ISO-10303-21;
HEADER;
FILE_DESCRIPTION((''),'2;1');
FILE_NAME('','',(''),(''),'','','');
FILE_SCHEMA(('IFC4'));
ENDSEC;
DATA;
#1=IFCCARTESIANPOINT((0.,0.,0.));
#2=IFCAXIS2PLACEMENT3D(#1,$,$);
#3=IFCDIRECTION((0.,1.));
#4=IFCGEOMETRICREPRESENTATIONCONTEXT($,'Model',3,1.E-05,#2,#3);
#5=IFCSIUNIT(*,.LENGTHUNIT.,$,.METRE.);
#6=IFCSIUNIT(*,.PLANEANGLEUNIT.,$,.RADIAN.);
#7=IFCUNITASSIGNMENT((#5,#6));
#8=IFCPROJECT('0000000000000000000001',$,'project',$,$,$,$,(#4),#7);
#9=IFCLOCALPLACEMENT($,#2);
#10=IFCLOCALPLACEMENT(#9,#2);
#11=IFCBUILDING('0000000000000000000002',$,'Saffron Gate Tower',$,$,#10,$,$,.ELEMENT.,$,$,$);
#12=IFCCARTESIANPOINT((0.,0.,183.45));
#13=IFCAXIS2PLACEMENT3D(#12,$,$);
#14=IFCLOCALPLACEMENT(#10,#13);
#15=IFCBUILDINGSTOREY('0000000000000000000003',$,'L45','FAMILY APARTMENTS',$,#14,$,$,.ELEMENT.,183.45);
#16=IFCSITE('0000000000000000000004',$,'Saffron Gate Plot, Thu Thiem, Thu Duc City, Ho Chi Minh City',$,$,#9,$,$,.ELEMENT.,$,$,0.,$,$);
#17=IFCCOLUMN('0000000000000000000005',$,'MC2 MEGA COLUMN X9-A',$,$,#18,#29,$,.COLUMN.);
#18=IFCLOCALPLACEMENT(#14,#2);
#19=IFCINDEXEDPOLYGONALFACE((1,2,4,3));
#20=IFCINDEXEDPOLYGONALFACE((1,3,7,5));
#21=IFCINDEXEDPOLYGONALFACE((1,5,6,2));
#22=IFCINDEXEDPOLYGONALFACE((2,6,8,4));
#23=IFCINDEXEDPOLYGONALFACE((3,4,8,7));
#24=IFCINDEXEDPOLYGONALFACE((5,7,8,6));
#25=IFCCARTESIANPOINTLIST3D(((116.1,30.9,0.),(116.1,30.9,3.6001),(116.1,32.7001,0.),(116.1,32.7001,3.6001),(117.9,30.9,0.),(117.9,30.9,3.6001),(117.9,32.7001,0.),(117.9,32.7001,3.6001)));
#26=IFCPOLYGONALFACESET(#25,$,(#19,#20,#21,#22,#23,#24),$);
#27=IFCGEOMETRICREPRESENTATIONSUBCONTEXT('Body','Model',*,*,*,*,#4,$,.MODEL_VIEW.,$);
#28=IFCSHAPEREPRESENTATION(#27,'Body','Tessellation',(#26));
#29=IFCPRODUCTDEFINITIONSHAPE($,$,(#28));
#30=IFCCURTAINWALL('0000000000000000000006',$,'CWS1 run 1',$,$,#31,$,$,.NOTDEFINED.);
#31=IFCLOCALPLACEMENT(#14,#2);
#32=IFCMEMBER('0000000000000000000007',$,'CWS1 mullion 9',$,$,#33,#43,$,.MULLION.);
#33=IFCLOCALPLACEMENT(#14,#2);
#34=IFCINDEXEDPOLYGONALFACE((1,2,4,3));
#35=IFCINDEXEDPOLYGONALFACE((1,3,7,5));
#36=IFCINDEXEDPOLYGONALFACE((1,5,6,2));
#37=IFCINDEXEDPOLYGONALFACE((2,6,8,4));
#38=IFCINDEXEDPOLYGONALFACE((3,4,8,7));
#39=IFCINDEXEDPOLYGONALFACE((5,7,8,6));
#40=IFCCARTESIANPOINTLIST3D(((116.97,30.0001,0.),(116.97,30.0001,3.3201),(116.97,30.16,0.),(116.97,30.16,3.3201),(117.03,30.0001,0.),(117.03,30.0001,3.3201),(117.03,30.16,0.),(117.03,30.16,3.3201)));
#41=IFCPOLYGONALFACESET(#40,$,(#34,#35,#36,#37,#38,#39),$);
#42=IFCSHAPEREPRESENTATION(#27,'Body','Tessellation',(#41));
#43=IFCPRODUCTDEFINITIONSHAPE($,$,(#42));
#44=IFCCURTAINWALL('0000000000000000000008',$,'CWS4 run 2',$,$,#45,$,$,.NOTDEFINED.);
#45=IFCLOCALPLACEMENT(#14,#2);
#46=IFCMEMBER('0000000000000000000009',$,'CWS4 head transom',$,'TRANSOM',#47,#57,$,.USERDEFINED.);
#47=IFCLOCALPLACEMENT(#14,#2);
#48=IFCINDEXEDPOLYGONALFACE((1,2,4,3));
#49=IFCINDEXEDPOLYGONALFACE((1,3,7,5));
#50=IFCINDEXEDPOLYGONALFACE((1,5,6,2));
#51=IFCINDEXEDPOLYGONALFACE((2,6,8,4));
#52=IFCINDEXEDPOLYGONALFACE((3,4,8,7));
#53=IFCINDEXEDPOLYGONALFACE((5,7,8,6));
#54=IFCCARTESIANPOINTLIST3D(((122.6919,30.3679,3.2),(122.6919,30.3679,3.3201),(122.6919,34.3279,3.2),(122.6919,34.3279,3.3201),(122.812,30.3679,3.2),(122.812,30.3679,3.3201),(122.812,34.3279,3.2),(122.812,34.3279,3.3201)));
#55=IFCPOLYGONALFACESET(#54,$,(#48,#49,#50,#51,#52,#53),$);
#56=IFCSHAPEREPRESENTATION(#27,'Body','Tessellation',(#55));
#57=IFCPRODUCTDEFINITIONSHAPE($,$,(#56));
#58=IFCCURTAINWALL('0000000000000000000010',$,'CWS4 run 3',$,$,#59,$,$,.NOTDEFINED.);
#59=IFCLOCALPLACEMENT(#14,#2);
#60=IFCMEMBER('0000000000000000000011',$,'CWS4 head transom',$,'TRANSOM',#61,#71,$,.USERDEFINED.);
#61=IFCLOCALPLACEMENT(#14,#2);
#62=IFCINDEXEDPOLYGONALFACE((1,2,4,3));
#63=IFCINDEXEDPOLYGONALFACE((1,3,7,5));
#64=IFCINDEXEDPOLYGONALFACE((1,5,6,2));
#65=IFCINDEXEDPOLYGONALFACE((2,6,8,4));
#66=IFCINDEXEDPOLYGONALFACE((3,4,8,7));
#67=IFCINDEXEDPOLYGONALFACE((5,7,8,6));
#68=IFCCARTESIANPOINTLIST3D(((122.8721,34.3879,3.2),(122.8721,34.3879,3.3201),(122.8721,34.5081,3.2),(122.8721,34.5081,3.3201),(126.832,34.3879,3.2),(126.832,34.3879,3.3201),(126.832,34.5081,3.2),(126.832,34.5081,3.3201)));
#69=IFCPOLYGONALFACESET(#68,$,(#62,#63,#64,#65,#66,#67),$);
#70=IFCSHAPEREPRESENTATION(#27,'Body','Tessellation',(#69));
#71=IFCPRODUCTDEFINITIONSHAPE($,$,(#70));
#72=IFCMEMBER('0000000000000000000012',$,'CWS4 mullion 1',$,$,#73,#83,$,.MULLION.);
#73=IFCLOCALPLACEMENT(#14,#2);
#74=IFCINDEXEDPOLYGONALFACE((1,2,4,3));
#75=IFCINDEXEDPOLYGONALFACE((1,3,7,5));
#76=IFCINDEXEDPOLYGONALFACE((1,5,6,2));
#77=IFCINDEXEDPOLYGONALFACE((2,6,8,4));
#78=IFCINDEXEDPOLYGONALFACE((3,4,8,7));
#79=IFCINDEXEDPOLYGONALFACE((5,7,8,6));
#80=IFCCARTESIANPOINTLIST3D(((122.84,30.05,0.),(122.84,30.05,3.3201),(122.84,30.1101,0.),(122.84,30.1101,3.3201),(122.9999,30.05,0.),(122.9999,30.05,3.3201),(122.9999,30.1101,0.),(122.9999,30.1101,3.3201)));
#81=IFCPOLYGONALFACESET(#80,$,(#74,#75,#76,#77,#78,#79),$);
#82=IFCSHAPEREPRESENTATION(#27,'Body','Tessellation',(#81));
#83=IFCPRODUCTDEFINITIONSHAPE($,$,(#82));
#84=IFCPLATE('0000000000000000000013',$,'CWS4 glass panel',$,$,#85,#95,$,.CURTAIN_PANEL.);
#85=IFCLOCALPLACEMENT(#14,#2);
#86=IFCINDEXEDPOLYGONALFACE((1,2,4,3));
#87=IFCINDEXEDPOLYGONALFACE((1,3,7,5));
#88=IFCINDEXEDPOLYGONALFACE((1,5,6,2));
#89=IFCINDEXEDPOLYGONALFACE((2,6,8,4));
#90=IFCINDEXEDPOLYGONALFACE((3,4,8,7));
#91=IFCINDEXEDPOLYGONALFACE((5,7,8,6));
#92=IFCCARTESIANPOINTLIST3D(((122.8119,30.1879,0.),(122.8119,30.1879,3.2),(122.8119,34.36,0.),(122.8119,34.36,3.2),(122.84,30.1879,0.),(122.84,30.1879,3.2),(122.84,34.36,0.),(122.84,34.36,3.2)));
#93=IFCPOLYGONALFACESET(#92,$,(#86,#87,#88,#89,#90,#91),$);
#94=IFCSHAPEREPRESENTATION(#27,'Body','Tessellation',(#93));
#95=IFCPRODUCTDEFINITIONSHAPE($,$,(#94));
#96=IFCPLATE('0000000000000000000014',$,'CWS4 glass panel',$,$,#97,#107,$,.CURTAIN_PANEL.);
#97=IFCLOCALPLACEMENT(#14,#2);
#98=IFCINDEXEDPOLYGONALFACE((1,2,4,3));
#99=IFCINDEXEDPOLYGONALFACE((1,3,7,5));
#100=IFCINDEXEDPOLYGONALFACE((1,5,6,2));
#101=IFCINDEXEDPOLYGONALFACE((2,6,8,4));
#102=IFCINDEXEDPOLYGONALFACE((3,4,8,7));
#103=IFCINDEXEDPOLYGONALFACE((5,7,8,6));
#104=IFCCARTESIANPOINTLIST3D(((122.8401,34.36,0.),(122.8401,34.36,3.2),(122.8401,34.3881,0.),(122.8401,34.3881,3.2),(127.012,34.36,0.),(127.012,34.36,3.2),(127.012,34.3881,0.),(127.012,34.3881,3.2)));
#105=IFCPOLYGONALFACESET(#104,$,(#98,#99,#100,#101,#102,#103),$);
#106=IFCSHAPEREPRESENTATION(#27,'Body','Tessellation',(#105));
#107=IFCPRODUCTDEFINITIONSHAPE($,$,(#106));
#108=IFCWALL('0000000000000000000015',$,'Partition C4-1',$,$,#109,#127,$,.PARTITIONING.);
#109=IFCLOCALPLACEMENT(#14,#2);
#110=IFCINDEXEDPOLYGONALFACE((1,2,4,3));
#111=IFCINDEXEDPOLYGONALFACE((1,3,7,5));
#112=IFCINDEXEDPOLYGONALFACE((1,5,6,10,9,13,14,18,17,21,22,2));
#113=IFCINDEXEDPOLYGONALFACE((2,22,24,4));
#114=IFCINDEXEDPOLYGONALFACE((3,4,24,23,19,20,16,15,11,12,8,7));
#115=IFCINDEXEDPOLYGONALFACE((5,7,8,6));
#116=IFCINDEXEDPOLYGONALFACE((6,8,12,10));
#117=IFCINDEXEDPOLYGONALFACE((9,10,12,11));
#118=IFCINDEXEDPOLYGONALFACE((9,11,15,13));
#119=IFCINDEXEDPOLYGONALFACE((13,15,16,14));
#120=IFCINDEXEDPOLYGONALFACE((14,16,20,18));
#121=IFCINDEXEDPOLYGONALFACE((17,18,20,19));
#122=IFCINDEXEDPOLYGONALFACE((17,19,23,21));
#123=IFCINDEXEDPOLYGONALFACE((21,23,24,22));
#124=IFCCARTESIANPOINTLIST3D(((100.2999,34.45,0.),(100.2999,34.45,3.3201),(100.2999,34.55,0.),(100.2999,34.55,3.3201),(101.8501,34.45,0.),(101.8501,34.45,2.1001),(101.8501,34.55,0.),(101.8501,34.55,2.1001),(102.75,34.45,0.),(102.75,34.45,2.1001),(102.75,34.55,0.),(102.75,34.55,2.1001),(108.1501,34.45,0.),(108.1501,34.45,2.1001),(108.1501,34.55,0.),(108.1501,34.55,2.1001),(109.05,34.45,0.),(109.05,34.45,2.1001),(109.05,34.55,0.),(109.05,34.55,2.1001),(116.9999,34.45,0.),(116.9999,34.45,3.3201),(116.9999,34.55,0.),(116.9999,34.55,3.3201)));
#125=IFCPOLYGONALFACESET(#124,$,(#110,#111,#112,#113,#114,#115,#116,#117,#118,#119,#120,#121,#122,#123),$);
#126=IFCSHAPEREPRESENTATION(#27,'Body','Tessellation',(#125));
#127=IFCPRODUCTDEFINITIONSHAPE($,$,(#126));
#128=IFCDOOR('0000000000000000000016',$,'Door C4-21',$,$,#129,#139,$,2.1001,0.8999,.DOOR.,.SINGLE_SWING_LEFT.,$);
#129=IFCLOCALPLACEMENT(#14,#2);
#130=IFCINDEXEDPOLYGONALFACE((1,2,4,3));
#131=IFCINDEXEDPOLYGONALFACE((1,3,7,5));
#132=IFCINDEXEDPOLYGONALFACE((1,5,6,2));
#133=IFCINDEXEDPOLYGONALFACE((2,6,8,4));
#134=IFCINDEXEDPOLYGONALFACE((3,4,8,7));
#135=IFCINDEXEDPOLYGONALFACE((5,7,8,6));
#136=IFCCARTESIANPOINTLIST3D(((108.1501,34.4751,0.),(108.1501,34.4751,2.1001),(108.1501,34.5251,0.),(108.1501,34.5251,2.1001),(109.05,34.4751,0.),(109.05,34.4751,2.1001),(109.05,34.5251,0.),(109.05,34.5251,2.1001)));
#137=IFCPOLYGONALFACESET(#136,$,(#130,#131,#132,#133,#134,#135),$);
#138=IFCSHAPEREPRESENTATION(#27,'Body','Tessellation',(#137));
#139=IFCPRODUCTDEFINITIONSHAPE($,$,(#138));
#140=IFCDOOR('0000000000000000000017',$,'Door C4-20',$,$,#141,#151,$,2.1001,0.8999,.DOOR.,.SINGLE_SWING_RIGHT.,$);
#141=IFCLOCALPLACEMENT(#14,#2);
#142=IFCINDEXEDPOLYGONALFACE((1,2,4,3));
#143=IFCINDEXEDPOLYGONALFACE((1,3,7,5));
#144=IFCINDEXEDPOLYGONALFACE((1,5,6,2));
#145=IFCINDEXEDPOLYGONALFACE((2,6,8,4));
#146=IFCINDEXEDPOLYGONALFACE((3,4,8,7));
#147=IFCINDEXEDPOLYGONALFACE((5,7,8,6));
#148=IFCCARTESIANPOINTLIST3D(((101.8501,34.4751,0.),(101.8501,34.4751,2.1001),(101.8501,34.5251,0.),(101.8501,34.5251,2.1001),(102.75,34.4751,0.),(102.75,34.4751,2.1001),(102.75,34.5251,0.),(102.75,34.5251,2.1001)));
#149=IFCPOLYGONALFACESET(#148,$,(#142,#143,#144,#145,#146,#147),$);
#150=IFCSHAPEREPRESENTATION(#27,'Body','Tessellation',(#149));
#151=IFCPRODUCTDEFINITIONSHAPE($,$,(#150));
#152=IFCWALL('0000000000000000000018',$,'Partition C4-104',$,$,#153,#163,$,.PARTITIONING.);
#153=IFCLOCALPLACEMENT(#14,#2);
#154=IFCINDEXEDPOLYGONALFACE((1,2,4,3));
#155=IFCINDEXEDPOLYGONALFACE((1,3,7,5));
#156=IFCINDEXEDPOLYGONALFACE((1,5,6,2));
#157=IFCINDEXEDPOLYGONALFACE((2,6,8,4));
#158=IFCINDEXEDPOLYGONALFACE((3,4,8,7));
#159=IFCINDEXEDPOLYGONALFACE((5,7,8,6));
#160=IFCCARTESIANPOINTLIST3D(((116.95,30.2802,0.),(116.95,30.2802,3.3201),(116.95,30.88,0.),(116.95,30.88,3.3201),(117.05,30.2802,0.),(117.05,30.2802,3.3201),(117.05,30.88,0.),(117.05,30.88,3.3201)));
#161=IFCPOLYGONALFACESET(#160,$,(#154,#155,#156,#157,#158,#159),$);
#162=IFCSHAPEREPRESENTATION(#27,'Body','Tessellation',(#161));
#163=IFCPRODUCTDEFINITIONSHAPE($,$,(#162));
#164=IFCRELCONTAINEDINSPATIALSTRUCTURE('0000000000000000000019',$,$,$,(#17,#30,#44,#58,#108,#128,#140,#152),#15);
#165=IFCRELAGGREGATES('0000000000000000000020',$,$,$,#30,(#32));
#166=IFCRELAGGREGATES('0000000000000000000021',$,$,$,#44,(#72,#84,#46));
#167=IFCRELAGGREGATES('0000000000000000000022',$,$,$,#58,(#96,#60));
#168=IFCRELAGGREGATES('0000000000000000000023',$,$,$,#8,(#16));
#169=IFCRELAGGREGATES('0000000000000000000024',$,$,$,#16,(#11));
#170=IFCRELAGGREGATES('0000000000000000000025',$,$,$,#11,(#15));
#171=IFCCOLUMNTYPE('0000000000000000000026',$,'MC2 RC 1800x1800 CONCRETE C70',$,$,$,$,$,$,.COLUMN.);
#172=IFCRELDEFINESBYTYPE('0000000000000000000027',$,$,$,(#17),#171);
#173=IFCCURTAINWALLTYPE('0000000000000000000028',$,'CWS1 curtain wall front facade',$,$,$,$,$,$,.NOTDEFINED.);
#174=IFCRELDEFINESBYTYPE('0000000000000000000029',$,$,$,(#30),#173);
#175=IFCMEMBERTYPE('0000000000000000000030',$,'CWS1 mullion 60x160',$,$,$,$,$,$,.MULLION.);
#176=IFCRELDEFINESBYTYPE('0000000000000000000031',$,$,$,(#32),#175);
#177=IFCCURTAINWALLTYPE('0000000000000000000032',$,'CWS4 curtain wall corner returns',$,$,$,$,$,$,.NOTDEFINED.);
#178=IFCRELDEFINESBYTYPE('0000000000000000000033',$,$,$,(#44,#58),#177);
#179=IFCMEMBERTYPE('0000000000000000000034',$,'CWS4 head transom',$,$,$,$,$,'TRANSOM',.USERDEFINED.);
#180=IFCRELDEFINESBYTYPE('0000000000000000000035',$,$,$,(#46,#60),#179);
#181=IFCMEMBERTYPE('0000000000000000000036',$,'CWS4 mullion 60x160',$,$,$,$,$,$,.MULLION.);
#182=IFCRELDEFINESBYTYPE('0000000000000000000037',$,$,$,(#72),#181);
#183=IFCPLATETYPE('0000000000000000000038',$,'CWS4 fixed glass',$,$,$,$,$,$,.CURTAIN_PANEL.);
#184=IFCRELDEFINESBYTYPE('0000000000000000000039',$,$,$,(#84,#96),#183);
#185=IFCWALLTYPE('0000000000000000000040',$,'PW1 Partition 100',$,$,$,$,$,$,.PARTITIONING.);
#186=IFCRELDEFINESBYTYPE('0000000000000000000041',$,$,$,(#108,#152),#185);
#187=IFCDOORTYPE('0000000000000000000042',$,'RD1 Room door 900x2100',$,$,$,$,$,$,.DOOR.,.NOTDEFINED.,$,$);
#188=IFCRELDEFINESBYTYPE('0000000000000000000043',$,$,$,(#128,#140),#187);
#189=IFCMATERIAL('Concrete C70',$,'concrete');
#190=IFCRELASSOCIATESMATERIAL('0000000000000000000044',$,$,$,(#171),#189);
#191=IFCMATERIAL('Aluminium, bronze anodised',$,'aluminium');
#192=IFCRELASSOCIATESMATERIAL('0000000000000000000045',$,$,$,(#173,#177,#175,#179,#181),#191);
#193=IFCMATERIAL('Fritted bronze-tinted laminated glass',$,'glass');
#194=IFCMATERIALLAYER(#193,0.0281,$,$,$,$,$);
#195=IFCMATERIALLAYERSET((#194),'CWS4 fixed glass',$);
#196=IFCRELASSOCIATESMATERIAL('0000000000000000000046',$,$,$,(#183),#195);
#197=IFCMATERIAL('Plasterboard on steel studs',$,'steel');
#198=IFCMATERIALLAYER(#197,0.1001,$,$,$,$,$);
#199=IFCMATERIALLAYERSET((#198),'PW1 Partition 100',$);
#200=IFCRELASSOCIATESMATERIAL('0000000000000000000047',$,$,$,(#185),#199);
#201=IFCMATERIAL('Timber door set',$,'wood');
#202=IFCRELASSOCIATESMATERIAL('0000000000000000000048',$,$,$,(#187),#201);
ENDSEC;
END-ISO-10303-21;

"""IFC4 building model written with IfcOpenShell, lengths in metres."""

from ifc_helpers import new_model, si_unit, direction, frame, frame_2d, origin, origin_2d, place, context, subcontext, project, spatial, rectangle, extrude, material, layer, layer_set, material_profile, profile_set, type_object, element, fill, aggregate, save


model = new_model("IFC4")

# Units and contexts
model_context = context("Model", 3, precision=1e-05, world=origin(), true_north=direction((0.0, 1.0)))
body_context = subcontext(model_context, "Body", "Model", "MODEL_VIEW")
ifc_project = project(units=[si_unit("LENGTHUNIT", "METRE"), si_unit("PLANEANGLEUNIT", "RADIAN")], contexts=[model_context])

# Site, building, storey
site_placement = place(None, origin())
site = spatial("IfcSite", under=ifc_project, at=site_placement, Name="Saffron Gate Plot, Thu Thiem, Thu Duc City, Ho Chi Minh City", CompositionType="ELEMENT", RefElevation=0.0)
building_placement = place(site_placement, origin())
building = spatial("IfcBuilding", under=site, at=building_placement, Name="Saffron Gate Tower", CompositionType="ELEMENT")
storey_placement = place(building_placement, frame((0.0, 0.0, 183.45)))
storey = spatial("IfcBuildingStorey", under=building, at=storey_placement, Name="L45", Description="FAMILY APARTMENTS", CompositionType="ELEMENT", Elevation=183.45)

# Column
ifc_material_1 = material(Name="Concrete C70", Category="concrete")
ifc_material_profile_1 = material_profile(ifc_material_1, rectangle(XDim=1.8, YDim=1.8, at=origin_2d()))
ifc_profile_set_1 = profile_set([ifc_material_profile_1], Name="Concrete C70")
column_type = type_object("IfcColumnType", Name="MC2 RC 1800x1800 CONCRETE C70", PredefinedType="COLUMN", material=ifc_profile_set_1)
column_placement = place(storey_placement, frame((117.0, 31.8, 0.0), z_axis=(0.0, 0.0, 1.0), x_axis=(1.0, 0.0, 0.0)))
element("IfcColumn", 1, at=column_placement, inside=storey, type_object=column_type, Name="MC2 MEGA COLUMN X9-A", PredefinedType="COLUMN", context=body_context, shape_type="SweptSolid", body=[
    extrude(rectangle(XDim=1.8, YDim=1.8, at=origin_2d()), origin(), (0.0, 0.0, 1.0), 3.6001),
])

# Curtain walls, members
ifc_material_2 = material(Name="Aluminium, bronze anodised", Category="aluminium")
curtain_wall_type_1 = type_object("IfcCurtainWallType", Name="CWS1 curtain wall front facade", PredefinedType="NOTDEFINED", material=ifc_material_2)
curtain_wall_1_placement = place(storey_placement, origin())
curtain_wall_1 = element("IfcCurtainWall", 2, at=curtain_wall_1_placement, inside=storey, type_object=curtain_wall_type_1, Name="CWS1 run 1", PredefinedType="NOTDEFINED")
ifc_material_profile_2 = material_profile(ifc_material_2, rectangle(XDim=0.1599, YDim=0.0601, at=origin_2d()))
ifc_profile_set_2 = profile_set([ifc_material_profile_2], Name="Aluminium, bronze anodised")
member_type_1 = type_object("IfcMemberType", Name="CWS1 mullion 60x160", PredefinedType="MULLION", material=ifc_profile_set_2)
member_1_placement = place(storey_placement, frame((117.0, 30.0801, 0.0), z_axis=(0.0, 0.0, 1.0), x_axis=(0.0, 1.0, 0.0)))
member_1 = element("IfcMember", 3, at=member_1_placement, type_object=member_type_1, Name="CWS1 mullion 9", PredefinedType="MULLION", context=body_context, shape_type="SweptSolid", body=[
    extrude(rectangle(XDim=0.1599, YDim=0.0601, at=origin_2d()), origin(), (0.0, 0.0, 1.0), 3.3201),
])
aggregate(curtain_wall_1, [member_1])
curtain_wall_type_2 = type_object("IfcCurtainWallType", Name="CWS4 curtain wall corner returns", PredefinedType="NOTDEFINED", material=ifc_material_2)
curtain_wall_2_placement = place(storey_placement, origin())
curtain_wall_2 = element("IfcCurtainWall", 4, at=curtain_wall_2_placement, inside=storey, type_object=curtain_wall_type_2, Name="CWS4 run 2", PredefinedType="NOTDEFINED")
ifc_material_profile_3 = material_profile(ifc_material_2, rectangle(XDim=0.1201, YDim=0.1201, at=origin_2d()))
ifc_profile_set_3 = profile_set([ifc_material_profile_3], Name="Aluminium, bronze anodised")
member_type_2 = type_object("IfcMemberType", Name="CWS4 head transom", ElementType="TRANSOM", PredefinedType="USERDEFINED", material=ifc_profile_set_3)
member_2_placement = place(storey_placement, frame((122.752, 30.3679, 3.26), z_axis=(0.0, 1.0, 0.0), x_axis=(-1.0, 0.0, 0.0)))
member_2 = element("IfcMember", 5, at=member_2_placement, type_object=member_type_2, Name="CWS4 head transom", ObjectType="TRANSOM", PredefinedType="USERDEFINED", context=body_context, shape_type="SweptSolid", body=[
    extrude(rectangle(XDim=0.1201, YDim=0.1201, at=origin_2d()), origin(), (0.0, 0.0, 1.0), 3.96),
])
curtain_wall_3_placement = place(storey_placement, origin())
curtain_wall_3 = element("IfcCurtainWall", 6, at=curtain_wall_3_placement, inside=storey, type_object=curtain_wall_type_2, Name="CWS4 run 3", PredefinedType="NOTDEFINED")
member_3_placement = place(storey_placement, frame((122.8721, 34.448, 3.26), z_axis=(1.0, 0.0, 0.0), x_axis=(0.0, 1.0, 0.0)))
member_3 = element("IfcMember", 7, at=member_3_placement, type_object=member_type_2, Name="CWS4 head transom", ObjectType="TRANSOM", PredefinedType="USERDEFINED", context=body_context, shape_type="SweptSolid", body=[
    extrude(rectangle(XDim=0.1201, YDim=0.1201, at=origin_2d()), origin(), (0.0, 0.0, 1.0), 3.96),
])

# Member
ifc_material_profile_4 = material_profile(ifc_material_2, rectangle(XDim=0.1599, YDim=0.0601, at=origin_2d()))
ifc_profile_set_4 = profile_set([ifc_material_profile_4], Name="Aluminium, bronze anodised")
member_type_3 = type_object("IfcMemberType", Name="CWS4 mullion 60x160", PredefinedType="MULLION", material=ifc_profile_set_4)
member_4_placement = place(storey_placement, frame((122.9199, 30.0801, 0.0), z_axis=(0.0, 0.0, 1.0), x_axis=(-1.0, 0.0, 0.0)))
member_4 = element("IfcMember", 8, at=member_4_placement, type_object=member_type_3, Name="CWS4 mullion 1", PredefinedType="MULLION", context=body_context, shape_type="SweptSolid", body=[
    extrude(rectangle(XDim=0.1599, YDim=0.0601, at=origin_2d()), origin(), (0.0, 0.0, 1.0), 3.3201),
])

# Plates
ifc_material_3 = material(Name="Fritted bronze-tinted laminated glass", Category="glass")
ifc_layer_1 = layer(ifc_material_3, 0.0281)
ifc_layer_set_1 = layer_set([ifc_layer_1], Name="CWS4 fixed glass")
plate_type = type_object("IfcPlateType", Name="CWS4 fixed glass", PredefinedType="CURTAIN_PANEL", material=ifc_layer_set_1)
plate_1_placement = place(storey_placement, frame((122.8259, 30.188, 0.0), z_axis=(0.0, 0.0, 1.0), x_axis=(0.0, 1.0, 0.0)))
plate_1 = element("IfcPlate", 9, at=plate_1_placement, type_object=plate_type, Name="CWS4 glass panel", PredefinedType="CURTAIN_PANEL", context=body_context, shape_type="SweptSolid", body=[
    extrude(rectangle(XDim=4.1721, YDim=0.0281, at=frame_2d((2.0859, 0.0))), origin(), (0.0, 0.0, 1.0), 3.2),
])
aggregate(curtain_wall_2, [member_4, plate_1, member_2])
plate_2_placement = place(storey_placement, frame((122.8401, 34.374, 0.0), z_axis=(0.0, 0.0, 1.0), x_axis=(1.0, 0.0, 0.0)))
plate_2 = element("IfcPlate", 10, at=plate_2_placement, type_object=plate_type, Name="CWS4 glass panel", PredefinedType="CURTAIN_PANEL", context=body_context, shape_type="SweptSolid", body=[
    extrude(rectangle(XDim=4.1719, YDim=0.0281, at=frame_2d((2.0859, 0.0))), origin(), (0.0, 0.0, 1.0), 3.2),
])
aggregate(curtain_wall_3, [plate_2, member_3])

# Wall, openings, doors
ifc_material_4 = material(Name="Plasterboard on steel studs", Category="steel")
ifc_layer_2 = layer(ifc_material_4, 0.1001)
ifc_layer_set_2 = layer_set([ifc_layer_2], Name="PW1 Partition 100")
wall_type = type_object("IfcWallType", Name="PW1 Partition 100", PredefinedType="PARTITIONING", material=ifc_layer_set_2)
wall_1_placement = place(storey_placement, frame((117.0, 34.5, 0.0), z_axis=(0.0, 0.0, 1.0), x_axis=(-1.0, 0.0, 0.0)))
wall_1 = element("IfcWall", 11, at=wall_1_placement, inside=storey, type_object=wall_type, Name="Partition C4-1", PredefinedType="PARTITIONING", context=body_context, shape_type="SweptSolid", body=[
    extrude(rectangle(XDim=16.7, YDim=0.1001, at=frame_2d((8.3501, 0.0))), origin(), (0.0, 0.0, 1.0), 3.3201),
])
opening_1_placement = place(wall_1_placement, frame((7.95, 0.0, 0.0)))
opening_1 = element("IfcOpeningElement", 12, at=opening_1_placement, cuts=wall_1, PredefinedType="OPENING", context=body_context, shape_type="SweptSolid", body=[
    extrude(rectangle(XDim=0.8999, YDim=2.1001, at=frame_2d((0.45, 1.05))), frame((0.0, 0.0601, 0.0), z_axis=(0.0, -1.0, 0.0), x_axis=(1.0, 0.0, 0.0)), (0.0, 0.0, 1.0), 0.1201),
])
opening_2_placement = place(wall_1_placement, frame((14.25, 0.0, 0.0)))
opening_2 = element("IfcOpeningElement", 13, at=opening_2_placement, cuts=wall_1, PredefinedType="OPENING", context=body_context, shape_type="SweptSolid", body=[
    extrude(rectangle(XDim=0.8999, YDim=2.1001, at=frame_2d((0.45, 1.05))), frame((0.0, 0.0601, 0.0), z_axis=(0.0, -1.0, 0.0), x_axis=(1.0, 0.0, 0.0)), (0.0, 0.0, 1.0), 0.1201),
])
ifc_material_5 = material(Name="Timber door set", Category="wood")
door_type = type_object("IfcDoorType", Name="RD1 Room door 900x2100", OperationType="NOTDEFINED", PredefinedType="DOOR", material=ifc_material_5)
door_1_placement = place(opening_1_placement, origin())
door_1 = element("IfcDoor", 14, at=door_1_placement, inside=storey, type_object=door_type, Name="Door C4-21", OperationType="SINGLE_SWING_LEFT", OverallHeight=2.1001, OverallWidth=0.8999, PredefinedType="DOOR", context=body_context, shape_type="SweptSolid", body=[
    extrude(rectangle(XDim=0.8999, YDim=2.1001, at=frame_2d((0.45, 1.05))), frame((0.0, 0.0249, 0.0), z_axis=(0.0, -1.0, 0.0), x_axis=(1.0, 0.0, 0.0)), (0.0, 0.0, 1.0), 0.05),
])
fill(opening_1, door_1)
door_2_placement = place(opening_2_placement, origin())
door_2 = element("IfcDoor", 15, at=door_2_placement, inside=storey, type_object=door_type, Name="Door C4-20", OperationType="SINGLE_SWING_RIGHT", OverallHeight=2.1001, OverallWidth=0.8999, PredefinedType="DOOR", context=body_context, shape_type="SweptSolid", body=[
    extrude(rectangle(XDim=0.8999, YDim=2.1001, at=frame_2d((0.45, 1.05))), frame((0.0, 0.0249, 0.0), z_axis=(0.0, -1.0, 0.0), x_axis=(1.0, 0.0, 0.0)), (0.0, 0.0, 1.0), 0.05),
])
fill(opening_2, door_2)

# Wall
wall_2_placement = place(storey_placement, frame((117.0, 30.8799, 0.0), z_axis=(0.0, 0.0, 1.0), x_axis=(0.0, -1.0, 0.0)))
element("IfcWall", 16, at=wall_2_placement, inside=storey, type_object=wall_type, Name="Partition C4-104", PredefinedType="PARTITIONING", context=body_context, shape_type="SweptSolid", body=[
    extrude(rectangle(XDim=0.5999, YDim=0.1001, at=frame_2d((0.2998, 0.0))), origin(), (0.0, 0.0, 1.0), 3.3201),
])

save(model, "model.ifc")
